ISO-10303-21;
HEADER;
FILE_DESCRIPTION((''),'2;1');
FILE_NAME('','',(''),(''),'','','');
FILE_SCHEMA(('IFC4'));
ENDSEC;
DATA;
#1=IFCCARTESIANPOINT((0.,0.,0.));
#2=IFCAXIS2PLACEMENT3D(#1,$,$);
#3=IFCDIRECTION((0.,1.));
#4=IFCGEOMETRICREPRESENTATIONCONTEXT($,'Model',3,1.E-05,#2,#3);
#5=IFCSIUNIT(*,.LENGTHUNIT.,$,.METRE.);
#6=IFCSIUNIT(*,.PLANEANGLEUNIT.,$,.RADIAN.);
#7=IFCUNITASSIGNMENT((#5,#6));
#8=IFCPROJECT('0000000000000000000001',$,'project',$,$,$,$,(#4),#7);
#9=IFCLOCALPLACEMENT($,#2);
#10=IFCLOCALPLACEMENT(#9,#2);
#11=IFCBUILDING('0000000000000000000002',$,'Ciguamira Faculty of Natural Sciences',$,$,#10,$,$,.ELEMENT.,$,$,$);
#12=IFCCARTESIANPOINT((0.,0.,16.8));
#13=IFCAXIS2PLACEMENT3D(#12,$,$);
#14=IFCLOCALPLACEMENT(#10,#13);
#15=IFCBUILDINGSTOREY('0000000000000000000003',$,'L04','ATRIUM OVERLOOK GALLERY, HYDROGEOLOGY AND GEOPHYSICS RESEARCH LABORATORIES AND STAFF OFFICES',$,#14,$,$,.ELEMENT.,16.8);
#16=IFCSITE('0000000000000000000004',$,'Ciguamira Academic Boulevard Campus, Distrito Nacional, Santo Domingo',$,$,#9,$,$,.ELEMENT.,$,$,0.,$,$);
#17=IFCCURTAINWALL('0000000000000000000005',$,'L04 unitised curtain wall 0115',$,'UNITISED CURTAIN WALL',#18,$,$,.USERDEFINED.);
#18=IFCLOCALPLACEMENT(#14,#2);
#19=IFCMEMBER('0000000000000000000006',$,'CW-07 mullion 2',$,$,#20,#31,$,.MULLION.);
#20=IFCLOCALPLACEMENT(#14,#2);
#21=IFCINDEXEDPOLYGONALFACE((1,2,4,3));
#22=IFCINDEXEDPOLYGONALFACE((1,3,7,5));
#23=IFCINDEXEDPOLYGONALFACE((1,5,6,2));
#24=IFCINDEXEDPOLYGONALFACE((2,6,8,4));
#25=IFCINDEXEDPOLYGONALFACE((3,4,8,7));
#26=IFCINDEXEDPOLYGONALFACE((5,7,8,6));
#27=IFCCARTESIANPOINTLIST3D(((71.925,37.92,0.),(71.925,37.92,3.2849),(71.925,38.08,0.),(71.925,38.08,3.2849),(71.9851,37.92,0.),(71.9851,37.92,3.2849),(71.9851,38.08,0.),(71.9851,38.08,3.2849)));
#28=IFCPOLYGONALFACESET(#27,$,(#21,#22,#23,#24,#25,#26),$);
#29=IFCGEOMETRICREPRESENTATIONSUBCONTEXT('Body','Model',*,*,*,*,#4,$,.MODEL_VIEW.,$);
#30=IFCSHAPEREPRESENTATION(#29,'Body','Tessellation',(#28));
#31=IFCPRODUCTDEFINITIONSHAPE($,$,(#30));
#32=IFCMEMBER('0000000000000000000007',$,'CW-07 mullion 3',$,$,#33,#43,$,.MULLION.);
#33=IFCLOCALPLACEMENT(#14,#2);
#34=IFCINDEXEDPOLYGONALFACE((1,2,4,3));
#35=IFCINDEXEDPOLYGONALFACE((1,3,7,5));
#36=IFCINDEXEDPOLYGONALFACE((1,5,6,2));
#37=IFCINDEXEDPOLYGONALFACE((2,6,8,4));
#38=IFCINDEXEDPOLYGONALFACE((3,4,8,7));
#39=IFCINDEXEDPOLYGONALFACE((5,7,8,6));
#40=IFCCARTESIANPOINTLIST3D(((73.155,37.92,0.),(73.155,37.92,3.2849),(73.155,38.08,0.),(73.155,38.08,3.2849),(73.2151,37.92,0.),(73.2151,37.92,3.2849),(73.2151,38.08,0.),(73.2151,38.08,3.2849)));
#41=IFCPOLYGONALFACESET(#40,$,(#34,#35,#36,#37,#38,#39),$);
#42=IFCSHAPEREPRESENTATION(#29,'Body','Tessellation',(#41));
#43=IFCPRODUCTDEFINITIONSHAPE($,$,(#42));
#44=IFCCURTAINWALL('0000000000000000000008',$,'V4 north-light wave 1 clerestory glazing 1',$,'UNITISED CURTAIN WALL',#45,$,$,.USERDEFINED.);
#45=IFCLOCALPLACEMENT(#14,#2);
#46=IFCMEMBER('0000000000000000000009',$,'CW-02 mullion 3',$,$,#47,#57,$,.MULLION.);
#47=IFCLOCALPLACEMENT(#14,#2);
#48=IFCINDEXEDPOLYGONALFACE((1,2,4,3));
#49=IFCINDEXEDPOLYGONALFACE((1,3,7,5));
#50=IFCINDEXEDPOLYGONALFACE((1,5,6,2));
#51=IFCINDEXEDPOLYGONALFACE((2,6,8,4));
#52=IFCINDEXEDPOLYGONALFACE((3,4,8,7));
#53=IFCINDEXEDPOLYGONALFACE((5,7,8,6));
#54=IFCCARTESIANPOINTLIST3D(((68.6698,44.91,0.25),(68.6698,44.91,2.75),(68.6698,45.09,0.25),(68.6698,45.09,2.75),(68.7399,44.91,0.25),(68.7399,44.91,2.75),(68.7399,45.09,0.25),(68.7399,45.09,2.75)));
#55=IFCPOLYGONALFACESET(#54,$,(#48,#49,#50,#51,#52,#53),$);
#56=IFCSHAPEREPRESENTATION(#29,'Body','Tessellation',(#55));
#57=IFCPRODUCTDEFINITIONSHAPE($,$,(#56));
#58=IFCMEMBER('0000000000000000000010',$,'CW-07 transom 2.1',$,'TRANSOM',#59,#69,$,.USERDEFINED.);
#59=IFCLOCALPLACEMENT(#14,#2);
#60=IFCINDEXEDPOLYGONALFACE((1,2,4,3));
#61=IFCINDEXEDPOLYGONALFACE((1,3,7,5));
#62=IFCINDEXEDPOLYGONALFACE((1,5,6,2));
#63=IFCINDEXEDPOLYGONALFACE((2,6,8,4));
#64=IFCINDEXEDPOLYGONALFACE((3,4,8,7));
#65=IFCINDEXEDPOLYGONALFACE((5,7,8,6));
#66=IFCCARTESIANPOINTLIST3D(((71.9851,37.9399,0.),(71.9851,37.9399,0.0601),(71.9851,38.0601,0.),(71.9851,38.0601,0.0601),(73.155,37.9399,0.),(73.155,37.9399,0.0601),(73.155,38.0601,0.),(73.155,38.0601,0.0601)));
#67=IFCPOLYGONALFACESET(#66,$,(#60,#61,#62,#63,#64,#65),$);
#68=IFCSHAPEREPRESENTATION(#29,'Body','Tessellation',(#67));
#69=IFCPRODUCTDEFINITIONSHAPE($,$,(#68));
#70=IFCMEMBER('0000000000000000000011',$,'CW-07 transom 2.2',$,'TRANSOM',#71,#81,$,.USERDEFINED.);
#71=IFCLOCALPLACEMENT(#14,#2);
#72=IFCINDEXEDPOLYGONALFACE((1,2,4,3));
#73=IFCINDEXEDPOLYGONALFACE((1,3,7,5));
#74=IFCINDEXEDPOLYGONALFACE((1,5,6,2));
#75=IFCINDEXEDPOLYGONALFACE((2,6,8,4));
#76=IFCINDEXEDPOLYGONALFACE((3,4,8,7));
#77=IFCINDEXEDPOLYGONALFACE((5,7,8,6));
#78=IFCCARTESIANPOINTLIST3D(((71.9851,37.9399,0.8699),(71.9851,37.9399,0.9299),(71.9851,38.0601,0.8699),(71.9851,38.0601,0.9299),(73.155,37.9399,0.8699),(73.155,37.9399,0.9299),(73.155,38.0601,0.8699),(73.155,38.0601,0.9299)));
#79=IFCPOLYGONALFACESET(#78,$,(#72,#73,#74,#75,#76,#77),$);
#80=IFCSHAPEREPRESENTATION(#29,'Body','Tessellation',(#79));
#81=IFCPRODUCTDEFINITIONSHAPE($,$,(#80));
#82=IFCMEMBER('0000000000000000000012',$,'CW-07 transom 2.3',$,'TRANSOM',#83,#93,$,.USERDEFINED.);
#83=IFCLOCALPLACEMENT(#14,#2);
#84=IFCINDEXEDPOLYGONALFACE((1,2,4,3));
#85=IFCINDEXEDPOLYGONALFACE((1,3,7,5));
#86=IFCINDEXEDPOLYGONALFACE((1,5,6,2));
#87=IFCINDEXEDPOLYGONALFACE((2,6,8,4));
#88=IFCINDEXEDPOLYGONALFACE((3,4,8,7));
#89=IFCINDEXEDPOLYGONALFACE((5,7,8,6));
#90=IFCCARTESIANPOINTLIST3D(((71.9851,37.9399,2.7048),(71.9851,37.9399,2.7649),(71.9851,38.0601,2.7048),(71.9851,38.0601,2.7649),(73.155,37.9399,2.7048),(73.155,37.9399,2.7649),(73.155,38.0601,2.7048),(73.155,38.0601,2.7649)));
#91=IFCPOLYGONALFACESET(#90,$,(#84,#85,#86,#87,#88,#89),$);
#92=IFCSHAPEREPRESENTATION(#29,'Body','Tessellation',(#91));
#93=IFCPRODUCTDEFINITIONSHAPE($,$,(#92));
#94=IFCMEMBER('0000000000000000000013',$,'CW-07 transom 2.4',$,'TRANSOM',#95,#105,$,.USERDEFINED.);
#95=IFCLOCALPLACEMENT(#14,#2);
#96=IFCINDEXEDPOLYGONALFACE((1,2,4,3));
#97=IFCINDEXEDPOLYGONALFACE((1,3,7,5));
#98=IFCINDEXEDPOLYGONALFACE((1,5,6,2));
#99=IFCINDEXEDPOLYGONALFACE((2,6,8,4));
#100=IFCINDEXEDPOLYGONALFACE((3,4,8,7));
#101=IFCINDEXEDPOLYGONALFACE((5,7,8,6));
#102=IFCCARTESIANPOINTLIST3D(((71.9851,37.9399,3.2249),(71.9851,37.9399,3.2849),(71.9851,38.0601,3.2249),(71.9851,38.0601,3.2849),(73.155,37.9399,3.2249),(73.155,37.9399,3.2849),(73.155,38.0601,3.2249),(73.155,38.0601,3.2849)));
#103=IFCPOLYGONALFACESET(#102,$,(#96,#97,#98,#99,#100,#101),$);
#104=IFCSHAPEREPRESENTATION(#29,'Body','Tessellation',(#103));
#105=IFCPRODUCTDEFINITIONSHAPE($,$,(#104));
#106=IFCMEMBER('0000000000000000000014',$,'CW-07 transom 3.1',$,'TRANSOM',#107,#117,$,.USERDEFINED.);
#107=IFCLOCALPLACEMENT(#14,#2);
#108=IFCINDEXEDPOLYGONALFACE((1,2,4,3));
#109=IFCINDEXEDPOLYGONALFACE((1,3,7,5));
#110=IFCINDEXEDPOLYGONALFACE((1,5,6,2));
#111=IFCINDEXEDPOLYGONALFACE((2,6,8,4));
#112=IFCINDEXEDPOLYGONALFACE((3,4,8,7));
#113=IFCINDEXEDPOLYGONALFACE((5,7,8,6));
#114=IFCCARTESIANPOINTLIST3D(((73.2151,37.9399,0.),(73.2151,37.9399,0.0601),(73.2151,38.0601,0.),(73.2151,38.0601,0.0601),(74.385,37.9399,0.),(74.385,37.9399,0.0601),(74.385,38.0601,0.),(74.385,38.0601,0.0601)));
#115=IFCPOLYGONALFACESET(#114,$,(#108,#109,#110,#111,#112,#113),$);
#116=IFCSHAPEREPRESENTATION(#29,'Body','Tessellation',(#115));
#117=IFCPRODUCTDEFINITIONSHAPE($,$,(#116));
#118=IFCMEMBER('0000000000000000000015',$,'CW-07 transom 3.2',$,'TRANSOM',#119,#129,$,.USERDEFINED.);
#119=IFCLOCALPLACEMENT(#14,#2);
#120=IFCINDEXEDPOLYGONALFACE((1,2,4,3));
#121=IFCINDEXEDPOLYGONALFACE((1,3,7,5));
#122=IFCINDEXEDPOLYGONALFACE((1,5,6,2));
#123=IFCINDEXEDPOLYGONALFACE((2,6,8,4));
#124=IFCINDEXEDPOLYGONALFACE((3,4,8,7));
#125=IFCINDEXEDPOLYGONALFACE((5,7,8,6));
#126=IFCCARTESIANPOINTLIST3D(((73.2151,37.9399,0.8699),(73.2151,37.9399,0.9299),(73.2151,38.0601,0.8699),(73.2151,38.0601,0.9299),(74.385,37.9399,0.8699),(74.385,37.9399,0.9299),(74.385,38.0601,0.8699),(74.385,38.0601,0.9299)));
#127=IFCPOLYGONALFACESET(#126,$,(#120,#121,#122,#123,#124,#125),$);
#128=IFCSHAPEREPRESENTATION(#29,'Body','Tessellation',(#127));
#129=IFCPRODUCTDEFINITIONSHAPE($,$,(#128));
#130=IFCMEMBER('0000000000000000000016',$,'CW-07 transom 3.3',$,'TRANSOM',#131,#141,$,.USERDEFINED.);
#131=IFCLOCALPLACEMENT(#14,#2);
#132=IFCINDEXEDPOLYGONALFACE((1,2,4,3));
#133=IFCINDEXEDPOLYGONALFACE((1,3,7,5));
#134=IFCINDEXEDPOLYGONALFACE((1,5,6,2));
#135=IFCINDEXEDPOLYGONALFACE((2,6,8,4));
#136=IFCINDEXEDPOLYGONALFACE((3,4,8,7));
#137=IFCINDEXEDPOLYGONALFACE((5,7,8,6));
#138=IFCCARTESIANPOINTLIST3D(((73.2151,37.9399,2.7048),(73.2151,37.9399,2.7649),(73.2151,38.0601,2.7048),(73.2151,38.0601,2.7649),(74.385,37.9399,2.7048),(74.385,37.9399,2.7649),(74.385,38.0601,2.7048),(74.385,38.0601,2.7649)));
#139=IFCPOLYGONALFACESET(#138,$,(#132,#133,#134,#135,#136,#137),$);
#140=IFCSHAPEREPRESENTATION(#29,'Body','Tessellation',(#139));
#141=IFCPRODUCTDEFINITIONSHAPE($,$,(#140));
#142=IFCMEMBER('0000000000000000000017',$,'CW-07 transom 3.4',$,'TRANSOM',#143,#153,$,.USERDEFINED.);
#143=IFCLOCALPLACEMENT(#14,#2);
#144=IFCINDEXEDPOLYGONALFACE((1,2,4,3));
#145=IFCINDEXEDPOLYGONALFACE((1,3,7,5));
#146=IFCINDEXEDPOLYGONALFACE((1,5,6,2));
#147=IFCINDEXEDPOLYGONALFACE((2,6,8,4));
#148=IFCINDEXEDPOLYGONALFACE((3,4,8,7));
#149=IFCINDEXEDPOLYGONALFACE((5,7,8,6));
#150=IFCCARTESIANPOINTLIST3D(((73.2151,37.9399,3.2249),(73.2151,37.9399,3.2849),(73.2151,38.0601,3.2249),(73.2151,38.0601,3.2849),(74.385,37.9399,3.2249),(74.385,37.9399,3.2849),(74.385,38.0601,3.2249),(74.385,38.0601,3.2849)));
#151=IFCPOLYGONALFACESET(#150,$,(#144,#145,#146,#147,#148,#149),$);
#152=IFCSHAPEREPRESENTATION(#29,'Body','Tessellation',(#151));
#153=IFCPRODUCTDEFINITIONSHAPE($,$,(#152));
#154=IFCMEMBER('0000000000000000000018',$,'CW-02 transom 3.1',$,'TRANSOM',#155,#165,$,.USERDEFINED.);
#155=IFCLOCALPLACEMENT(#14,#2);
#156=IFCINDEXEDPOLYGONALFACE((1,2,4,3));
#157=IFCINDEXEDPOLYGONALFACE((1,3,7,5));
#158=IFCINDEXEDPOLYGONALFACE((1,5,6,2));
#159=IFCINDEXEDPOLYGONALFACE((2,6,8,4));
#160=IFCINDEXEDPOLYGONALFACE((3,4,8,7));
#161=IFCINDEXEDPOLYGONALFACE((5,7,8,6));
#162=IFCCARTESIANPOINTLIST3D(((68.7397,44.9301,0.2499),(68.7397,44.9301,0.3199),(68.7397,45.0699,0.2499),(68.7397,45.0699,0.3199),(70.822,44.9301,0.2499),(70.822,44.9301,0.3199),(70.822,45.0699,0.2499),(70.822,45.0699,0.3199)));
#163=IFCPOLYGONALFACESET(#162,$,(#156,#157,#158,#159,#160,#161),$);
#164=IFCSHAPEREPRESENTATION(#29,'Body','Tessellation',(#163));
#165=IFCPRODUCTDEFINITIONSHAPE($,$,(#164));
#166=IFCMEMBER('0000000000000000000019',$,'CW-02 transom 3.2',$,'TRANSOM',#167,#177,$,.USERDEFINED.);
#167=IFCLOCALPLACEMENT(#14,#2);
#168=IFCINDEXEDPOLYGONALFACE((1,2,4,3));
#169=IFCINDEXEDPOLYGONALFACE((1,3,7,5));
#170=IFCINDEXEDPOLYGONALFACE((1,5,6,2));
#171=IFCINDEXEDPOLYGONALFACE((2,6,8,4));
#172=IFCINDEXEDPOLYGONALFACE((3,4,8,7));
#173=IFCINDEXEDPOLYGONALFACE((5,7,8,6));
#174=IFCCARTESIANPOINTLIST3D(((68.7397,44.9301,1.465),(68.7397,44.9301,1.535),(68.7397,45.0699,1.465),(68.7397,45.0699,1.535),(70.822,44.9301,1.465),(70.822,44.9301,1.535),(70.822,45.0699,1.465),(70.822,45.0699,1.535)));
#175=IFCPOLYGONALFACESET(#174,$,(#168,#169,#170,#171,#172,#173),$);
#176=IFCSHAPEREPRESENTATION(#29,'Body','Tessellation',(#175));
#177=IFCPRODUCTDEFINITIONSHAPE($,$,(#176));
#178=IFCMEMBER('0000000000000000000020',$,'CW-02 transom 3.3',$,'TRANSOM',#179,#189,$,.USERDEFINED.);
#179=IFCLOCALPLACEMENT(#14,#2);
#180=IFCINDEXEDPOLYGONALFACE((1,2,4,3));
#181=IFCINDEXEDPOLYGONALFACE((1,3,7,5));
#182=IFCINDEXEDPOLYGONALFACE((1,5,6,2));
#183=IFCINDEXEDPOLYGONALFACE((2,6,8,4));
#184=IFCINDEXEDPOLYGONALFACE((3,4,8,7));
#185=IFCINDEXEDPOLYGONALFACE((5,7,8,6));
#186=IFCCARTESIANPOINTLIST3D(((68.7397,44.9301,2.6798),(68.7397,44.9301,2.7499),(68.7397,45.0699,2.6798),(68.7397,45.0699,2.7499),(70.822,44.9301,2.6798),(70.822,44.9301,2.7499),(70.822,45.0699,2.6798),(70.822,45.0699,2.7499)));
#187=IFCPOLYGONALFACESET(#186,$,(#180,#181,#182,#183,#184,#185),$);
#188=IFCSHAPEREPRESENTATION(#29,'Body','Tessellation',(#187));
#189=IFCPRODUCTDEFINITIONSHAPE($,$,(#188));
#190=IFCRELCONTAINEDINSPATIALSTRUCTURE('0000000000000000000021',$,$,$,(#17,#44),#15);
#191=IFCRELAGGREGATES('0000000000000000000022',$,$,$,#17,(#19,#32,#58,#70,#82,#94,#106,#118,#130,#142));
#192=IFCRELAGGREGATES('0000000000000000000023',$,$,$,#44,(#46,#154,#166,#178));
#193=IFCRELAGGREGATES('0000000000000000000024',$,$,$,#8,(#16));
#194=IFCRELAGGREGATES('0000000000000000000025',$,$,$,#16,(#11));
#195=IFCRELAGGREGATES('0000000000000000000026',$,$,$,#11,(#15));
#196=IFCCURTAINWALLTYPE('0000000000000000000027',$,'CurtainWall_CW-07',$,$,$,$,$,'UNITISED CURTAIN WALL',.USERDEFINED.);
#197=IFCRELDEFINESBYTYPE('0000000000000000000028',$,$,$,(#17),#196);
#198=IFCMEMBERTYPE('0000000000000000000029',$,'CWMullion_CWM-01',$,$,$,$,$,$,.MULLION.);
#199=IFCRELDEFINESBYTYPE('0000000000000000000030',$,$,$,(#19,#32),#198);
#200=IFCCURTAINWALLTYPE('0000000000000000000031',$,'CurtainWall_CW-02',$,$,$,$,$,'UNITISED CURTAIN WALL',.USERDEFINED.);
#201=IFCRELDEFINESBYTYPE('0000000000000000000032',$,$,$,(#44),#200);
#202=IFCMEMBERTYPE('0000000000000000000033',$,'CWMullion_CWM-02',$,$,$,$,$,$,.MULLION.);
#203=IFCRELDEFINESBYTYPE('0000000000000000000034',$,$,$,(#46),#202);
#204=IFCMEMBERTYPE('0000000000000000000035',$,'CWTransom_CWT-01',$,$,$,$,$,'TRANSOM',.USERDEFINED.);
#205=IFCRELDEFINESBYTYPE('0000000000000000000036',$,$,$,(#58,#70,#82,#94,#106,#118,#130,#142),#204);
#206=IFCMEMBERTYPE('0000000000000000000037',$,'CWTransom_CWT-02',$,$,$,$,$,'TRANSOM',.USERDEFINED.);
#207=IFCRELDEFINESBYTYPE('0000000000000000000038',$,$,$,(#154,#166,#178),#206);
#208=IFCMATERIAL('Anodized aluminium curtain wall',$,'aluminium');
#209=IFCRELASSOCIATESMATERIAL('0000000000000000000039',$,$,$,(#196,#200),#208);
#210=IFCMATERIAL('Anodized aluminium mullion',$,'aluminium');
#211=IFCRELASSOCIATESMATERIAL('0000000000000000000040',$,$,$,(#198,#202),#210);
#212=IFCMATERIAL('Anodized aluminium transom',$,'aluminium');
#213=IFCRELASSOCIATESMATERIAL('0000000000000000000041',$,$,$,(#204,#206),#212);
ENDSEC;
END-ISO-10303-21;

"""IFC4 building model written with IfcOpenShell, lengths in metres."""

from ifc_helpers import new_model, si_unit, direction, frame, origin, origin_2d, place, context, subcontext, project, spatial, rectangle, extrude, material, material_profile, profile_set, type_object, element, aggregate, save


model = new_model("IFC4")

# Units and contexts
model_context = context("Model", 3, precision=1e-05, world=origin(), true_north=direction((0.0, 1.0)))
body_context = subcontext(model_context, "Body", "Model", "MODEL_VIEW")
ifc_project = project(units=[si_unit("LENGTHUNIT", "METRE"), si_unit("PLANEANGLEUNIT", "RADIAN")], contexts=[model_context])

# Site, building, storey
site_placement = place(None, origin())
site = spatial("IfcSite", under=ifc_project, at=site_placement, Name="Ciguamira Academic Boulevard Campus, Distrito Nacional, Santo Domingo", CompositionType="ELEMENT", RefElevation=0.0)
building_placement = place(site_placement, origin())
building = spatial("IfcBuilding", under=site, at=building_placement, Name="Ciguamira Faculty of Natural Sciences", CompositionType="ELEMENT")
storey_placement = place(building_placement, frame((0.0, 0.0, 16.8)))
storey = spatial("IfcBuildingStorey", under=building, at=storey_placement, Name="L04", Description="ATRIUM OVERLOOK GALLERY, HYDROGEOLOGY AND GEOPHYSICS RESEARCH LABORATORIES AND STAFF OFFICES", CompositionType="ELEMENT", Elevation=16.8)

# Curtain wall, members
ifc_material_1 = material(Name="Anodized aluminium curtain wall", Category="aluminium")
curtain_wall_type_1 = type_object("IfcCurtainWallType", Name="CurtainWall_CW-07", ElementType="UNITISED CURTAIN WALL", PredefinedType="USERDEFINED", material=ifc_material_1)
curtain_wall_1_placement = place(storey_placement, origin())
curtain_wall_1 = element("IfcCurtainWall", 1, at=curtain_wall_1_placement, inside=storey, type_object=curtain_wall_type_1, Name="L04 unitised curtain wall 0115", ObjectType="UNITISED CURTAIN WALL", PredefinedType="USERDEFINED")
ifc_material_2 = material(Name="Anodized aluminium mullion", Category="aluminium")
ifc_material_profile_1 = material_profile(ifc_material_2, rectangle(XDim=0.0601, YDim=0.1599, at=origin_2d()), Name="ALU-MUL-60X160")
ifc_profile_set_1 = profile_set([ifc_material_profile_1], Name="Anodized aluminium mullion")
member_type_1 = type_object("IfcMemberType", Name="CWMullion_CWM-01", PredefinedType="MULLION", material=ifc_profile_set_1)
member_1_placement = place(storey_placement, frame((71.9551, 38.0, 0.0), z_axis=(0.0, 0.0, 1.0), x_axis=(1.0, 0.0, 0.0)))
member_1 = element("IfcMember", 2, at=member_1_placement, type_object=member_type_1, Name="CW-07 mullion 2", PredefinedType="MULLION", context=body_context, shape_type="SweptSolid", body=[
    extrude(rectangle(XDim=0.0601, YDim=0.1599, at=origin_2d()), origin(), (0.0, 0.0, 1.0), 3.2849),
])
member_2_placement = place(storey_placement, frame((73.1851, 38.0, 0.0), z_axis=(0.0, 0.0, 1.0), x_axis=(1.0, 0.0, 0.0)))
member_2 = element("IfcMember", 3, at=member_2_placement, type_object=member_type_1, Name="CW-07 mullion 3", PredefinedType="MULLION", context=body_context, shape_type="SweptSolid", body=[
    extrude(rectangle(XDim=0.0601, YDim=0.1599, at=origin_2d()), origin(), (0.0, 0.0, 1.0), 3.2849),
])

# Curtain wall, member
curtain_wall_type_2 = type_object("IfcCurtainWallType", Name="CurtainWall_CW-02", ElementType="UNITISED CURTAIN WALL", PredefinedType="USERDEFINED", material=ifc_material_1)
curtain_wall_2_placement = place(storey_placement, origin())
curtain_wall_2 = element("IfcCurtainWall", 4, at=curtain_wall_2_placement, inside=storey, type_object=curtain_wall_type_2, Name="V4 north-light wave 1 clerestory glazing 1", ObjectType="UNITISED CURTAIN WALL", PredefinedType="USERDEFINED")
ifc_material_profile_2 = material_profile(ifc_material_2, rectangle(XDim=0.0701, YDim=0.1799, at=origin_2d()), Name="ALU-MUL-70X180")
ifc_profile_set_2 = profile_set([ifc_material_profile_2], Name="Anodized aluminium mullion")
member_type_2 = type_object("IfcMemberType", Name="CWMullion_CWM-02", PredefinedType="MULLION", material=ifc_profile_set_2)
member_3_placement = place(storey_placement, frame((68.7048, 45.0, 0.25), z_axis=(0.0, 0.0, 1.0), x_axis=(1.0, 0.0, 0.0)))
member_3 = element("IfcMember", 5, at=member_3_placement, type_object=member_type_2, Name="CW-02 mullion 3", PredefinedType="MULLION", context=body_context, shape_type="SweptSolid", body=[
    extrude(rectangle(XDim=0.0701, YDim=0.1799, at=origin_2d()), origin(), (0.0, 0.0, 1.0), 2.5),
])

# Members
ifc_material_3 = material(Name="Anodized aluminium transom", Category="aluminium")
ifc_material_profile_3 = material_profile(ifc_material_3, rectangle(XDim=0.0601, YDim=0.1201, at=origin_2d()), Name="ALU-TRN-60X120")
ifc_profile_set_3 = profile_set([ifc_material_profile_3], Name="Anodized aluminium transom")
member_type_3 = type_object("IfcMemberType", Name="CWTransom_CWT-01", ElementType="TRANSOM", PredefinedType="USERDEFINED", material=ifc_profile_set_3)
member_4_placement = place(storey_placement, frame((71.9851, 38.0, 0.03), z_axis=(1.0, 0.0, 0.0), x_axis=(0.0, 0.0, 1.0)))
member_4 = element("IfcMember", 6, at=member_4_placement, type_object=member_type_3, Name="CW-07 transom 2.1", ObjectType="TRANSOM", PredefinedType="USERDEFINED", context=body_context, shape_type="SweptSolid", body=[
    extrude(rectangle(XDim=0.0601, YDim=0.1201, at=origin_2d()), origin(), (0.0, 0.0, 1.0), 1.1699),
])
member_5_placement = place(storey_placement, frame((71.9851, 38.0, 0.8999), z_axis=(1.0, 0.0, 0.0), x_axis=(0.0, 0.0, 1.0)))
member_5 = element("IfcMember", 7, at=member_5_placement, type_object=member_type_3, Name="CW-07 transom 2.2", ObjectType="TRANSOM", PredefinedType="USERDEFINED", context=body_context, shape_type="SweptSolid", body=[
    extrude(rectangle(XDim=0.0601, YDim=0.1201, at=origin_2d()), origin(), (0.0, 0.0, 1.0), 1.1699),
])
member_6_placement = place(storey_placement, frame((71.9851, 38.0, 2.7349), z_axis=(1.0, 0.0, 0.0), x_axis=(0.0, 0.0, 1.0)))
member_6 = element("IfcMember", 8, at=member_6_placement, type_object=member_type_3, Name="CW-07 transom 2.3", ObjectType="TRANSOM", PredefinedType="USERDEFINED", context=body_context, shape_type="SweptSolid", body=[
    extrude(rectangle(XDim=0.0601, YDim=0.1201, at=origin_2d()), origin(), (0.0, 0.0, 1.0), 1.1699),
])
member_7_placement = place(storey_placement, frame((71.9851, 38.0, 3.2549), z_axis=(1.0, 0.0, 0.0), x_axis=(0.0, 0.0, 1.0)))
member_7 = element("IfcMember", 9, at=member_7_placement, type_object=member_type_3, Name="CW-07 transom 2.4", ObjectType="TRANSOM", PredefinedType="USERDEFINED", context=body_context, shape_type="SweptSolid", body=[
    extrude(rectangle(XDim=0.0601, YDim=0.1201, at=origin_2d()), origin(), (0.0, 0.0, 1.0), 1.1699),
])
member_8_placement = place(storey_placement, frame((73.2151, 38.0, 0.03), z_axis=(1.0, 0.0, 0.0), x_axis=(0.0, 0.0, 1.0)))
member_8 = element("IfcMember", 10, at=member_8_placement, type_object=member_type_3, Name="CW-07 transom 3.1", ObjectType="TRANSOM", PredefinedType="USERDEFINED", context=body_context, shape_type="SweptSolid", body=[
    extrude(rectangle(XDim=0.0601, YDim=0.1201, at=origin_2d()), origin(), (0.0, 0.0, 1.0), 1.1699),
])
member_9_placement = place(storey_placement, frame((73.2151, 38.0, 0.8999), z_axis=(1.0, 0.0, 0.0), x_axis=(0.0, 0.0, 1.0)))
member_9 = element("IfcMember", 11, at=member_9_placement, type_object=member_type_3, Name="CW-07 transom 3.2", ObjectType="TRANSOM", PredefinedType="USERDEFINED", context=body_context, shape_type="SweptSolid", body=[
    extrude(rectangle(XDim=0.0601, YDim=0.1201, at=origin_2d()), origin(), (0.0, 0.0, 1.0), 1.1699),
])
member_10_placement = place(storey_placement, frame((73.2151, 38.0, 2.7349), z_axis=(1.0, 0.0, 0.0), x_axis=(0.0, 0.0, 1.0)))
member_10 = element("IfcMember", 12, at=member_10_placement, type_object=member_type_3, Name="CW-07 transom 3.3", ObjectType="TRANSOM", PredefinedType="USERDEFINED", context=body_context, shape_type="SweptSolid", body=[
    extrude(rectangle(XDim=0.0601, YDim=0.1201, at=origin_2d()), origin(), (0.0, 0.0, 1.0), 1.1699),
])
member_11_placement = place(storey_placement, frame((73.2151, 38.0, 3.2549), z_axis=(1.0, 0.0, 0.0), x_axis=(0.0, 0.0, 1.0)))
member_11 = element("IfcMember", 13, at=member_11_placement, type_object=member_type_3, Name="CW-07 transom 3.4", ObjectType="TRANSOM", PredefinedType="USERDEFINED", context=body_context, shape_type="SweptSolid", body=[
    extrude(rectangle(XDim=0.0601, YDim=0.1201, at=origin_2d()), origin(), (0.0, 0.0, 1.0), 1.1699),
])
ifc_material_profile_4 = material_profile(ifc_material_3, rectangle(XDim=0.0701, YDim=0.1399, at=origin_2d()), Name="ALU-TRN-70X140")
ifc_profile_set_4 = profile_set([ifc_material_profile_4], Name="Anodized aluminium transom")
member_type_4 = type_object("IfcMemberType", Name="CWTransom_CWT-02", ElementType="TRANSOM", PredefinedType="USERDEFINED", material=ifc_profile_set_4)
member_12_placement = place(storey_placement, frame((68.7397, 45.0, 0.2849), z_axis=(1.0, 0.0, 0.0), x_axis=(0.0, 0.0, 1.0)))
member_12 = element("IfcMember", 14, at=member_12_placement, type_object=member_type_4, Name="CW-02 transom 3.1", ObjectType="TRANSOM", PredefinedType="USERDEFINED", context=body_context, shape_type="SweptSolid", body=[
    extrude(rectangle(XDim=0.0701, YDim=0.1399, at=origin_2d()), origin(), (0.0, 0.0, 1.0), 2.0823),
])
member_13_placement = place(storey_placement, frame((68.7397, 45.0, 1.5), z_axis=(1.0, 0.0, 0.0), x_axis=(0.0, 0.0, 1.0)))
member_13 = element("IfcMember", 15, at=member_13_placement, type_object=member_type_4, Name="CW-02 transom 3.2", ObjectType="TRANSOM", PredefinedType="USERDEFINED", context=body_context, shape_type="SweptSolid", body=[
    extrude(rectangle(XDim=0.0701, YDim=0.1399, at=origin_2d()), origin(), (0.0, 0.0, 1.0), 2.0823),
])
member_14_placement = place(storey_placement, frame((68.7397, 45.0, 2.7148), z_axis=(1.0, 0.0, 0.0), x_axis=(0.0, 0.0, 1.0)))
member_14 = element("IfcMember", 16, at=member_14_placement, type_object=member_type_4, Name="CW-02 transom 3.3", ObjectType="TRANSOM", PredefinedType="USERDEFINED", context=body_context, shape_type="SweptSolid", body=[
    extrude(rectangle(XDim=0.0701, YDim=0.1399, at=origin_2d()), origin(), (0.0, 0.0, 1.0), 2.0823),
])

aggregate(curtain_wall_1, [member_1, member_2, member_4, member_5, member_6, member_7, member_8, member_9, member_10, member_11])
aggregate(curtain_wall_2, [member_3, member_12, member_13, member_14])

save(model, "model.ifc")
